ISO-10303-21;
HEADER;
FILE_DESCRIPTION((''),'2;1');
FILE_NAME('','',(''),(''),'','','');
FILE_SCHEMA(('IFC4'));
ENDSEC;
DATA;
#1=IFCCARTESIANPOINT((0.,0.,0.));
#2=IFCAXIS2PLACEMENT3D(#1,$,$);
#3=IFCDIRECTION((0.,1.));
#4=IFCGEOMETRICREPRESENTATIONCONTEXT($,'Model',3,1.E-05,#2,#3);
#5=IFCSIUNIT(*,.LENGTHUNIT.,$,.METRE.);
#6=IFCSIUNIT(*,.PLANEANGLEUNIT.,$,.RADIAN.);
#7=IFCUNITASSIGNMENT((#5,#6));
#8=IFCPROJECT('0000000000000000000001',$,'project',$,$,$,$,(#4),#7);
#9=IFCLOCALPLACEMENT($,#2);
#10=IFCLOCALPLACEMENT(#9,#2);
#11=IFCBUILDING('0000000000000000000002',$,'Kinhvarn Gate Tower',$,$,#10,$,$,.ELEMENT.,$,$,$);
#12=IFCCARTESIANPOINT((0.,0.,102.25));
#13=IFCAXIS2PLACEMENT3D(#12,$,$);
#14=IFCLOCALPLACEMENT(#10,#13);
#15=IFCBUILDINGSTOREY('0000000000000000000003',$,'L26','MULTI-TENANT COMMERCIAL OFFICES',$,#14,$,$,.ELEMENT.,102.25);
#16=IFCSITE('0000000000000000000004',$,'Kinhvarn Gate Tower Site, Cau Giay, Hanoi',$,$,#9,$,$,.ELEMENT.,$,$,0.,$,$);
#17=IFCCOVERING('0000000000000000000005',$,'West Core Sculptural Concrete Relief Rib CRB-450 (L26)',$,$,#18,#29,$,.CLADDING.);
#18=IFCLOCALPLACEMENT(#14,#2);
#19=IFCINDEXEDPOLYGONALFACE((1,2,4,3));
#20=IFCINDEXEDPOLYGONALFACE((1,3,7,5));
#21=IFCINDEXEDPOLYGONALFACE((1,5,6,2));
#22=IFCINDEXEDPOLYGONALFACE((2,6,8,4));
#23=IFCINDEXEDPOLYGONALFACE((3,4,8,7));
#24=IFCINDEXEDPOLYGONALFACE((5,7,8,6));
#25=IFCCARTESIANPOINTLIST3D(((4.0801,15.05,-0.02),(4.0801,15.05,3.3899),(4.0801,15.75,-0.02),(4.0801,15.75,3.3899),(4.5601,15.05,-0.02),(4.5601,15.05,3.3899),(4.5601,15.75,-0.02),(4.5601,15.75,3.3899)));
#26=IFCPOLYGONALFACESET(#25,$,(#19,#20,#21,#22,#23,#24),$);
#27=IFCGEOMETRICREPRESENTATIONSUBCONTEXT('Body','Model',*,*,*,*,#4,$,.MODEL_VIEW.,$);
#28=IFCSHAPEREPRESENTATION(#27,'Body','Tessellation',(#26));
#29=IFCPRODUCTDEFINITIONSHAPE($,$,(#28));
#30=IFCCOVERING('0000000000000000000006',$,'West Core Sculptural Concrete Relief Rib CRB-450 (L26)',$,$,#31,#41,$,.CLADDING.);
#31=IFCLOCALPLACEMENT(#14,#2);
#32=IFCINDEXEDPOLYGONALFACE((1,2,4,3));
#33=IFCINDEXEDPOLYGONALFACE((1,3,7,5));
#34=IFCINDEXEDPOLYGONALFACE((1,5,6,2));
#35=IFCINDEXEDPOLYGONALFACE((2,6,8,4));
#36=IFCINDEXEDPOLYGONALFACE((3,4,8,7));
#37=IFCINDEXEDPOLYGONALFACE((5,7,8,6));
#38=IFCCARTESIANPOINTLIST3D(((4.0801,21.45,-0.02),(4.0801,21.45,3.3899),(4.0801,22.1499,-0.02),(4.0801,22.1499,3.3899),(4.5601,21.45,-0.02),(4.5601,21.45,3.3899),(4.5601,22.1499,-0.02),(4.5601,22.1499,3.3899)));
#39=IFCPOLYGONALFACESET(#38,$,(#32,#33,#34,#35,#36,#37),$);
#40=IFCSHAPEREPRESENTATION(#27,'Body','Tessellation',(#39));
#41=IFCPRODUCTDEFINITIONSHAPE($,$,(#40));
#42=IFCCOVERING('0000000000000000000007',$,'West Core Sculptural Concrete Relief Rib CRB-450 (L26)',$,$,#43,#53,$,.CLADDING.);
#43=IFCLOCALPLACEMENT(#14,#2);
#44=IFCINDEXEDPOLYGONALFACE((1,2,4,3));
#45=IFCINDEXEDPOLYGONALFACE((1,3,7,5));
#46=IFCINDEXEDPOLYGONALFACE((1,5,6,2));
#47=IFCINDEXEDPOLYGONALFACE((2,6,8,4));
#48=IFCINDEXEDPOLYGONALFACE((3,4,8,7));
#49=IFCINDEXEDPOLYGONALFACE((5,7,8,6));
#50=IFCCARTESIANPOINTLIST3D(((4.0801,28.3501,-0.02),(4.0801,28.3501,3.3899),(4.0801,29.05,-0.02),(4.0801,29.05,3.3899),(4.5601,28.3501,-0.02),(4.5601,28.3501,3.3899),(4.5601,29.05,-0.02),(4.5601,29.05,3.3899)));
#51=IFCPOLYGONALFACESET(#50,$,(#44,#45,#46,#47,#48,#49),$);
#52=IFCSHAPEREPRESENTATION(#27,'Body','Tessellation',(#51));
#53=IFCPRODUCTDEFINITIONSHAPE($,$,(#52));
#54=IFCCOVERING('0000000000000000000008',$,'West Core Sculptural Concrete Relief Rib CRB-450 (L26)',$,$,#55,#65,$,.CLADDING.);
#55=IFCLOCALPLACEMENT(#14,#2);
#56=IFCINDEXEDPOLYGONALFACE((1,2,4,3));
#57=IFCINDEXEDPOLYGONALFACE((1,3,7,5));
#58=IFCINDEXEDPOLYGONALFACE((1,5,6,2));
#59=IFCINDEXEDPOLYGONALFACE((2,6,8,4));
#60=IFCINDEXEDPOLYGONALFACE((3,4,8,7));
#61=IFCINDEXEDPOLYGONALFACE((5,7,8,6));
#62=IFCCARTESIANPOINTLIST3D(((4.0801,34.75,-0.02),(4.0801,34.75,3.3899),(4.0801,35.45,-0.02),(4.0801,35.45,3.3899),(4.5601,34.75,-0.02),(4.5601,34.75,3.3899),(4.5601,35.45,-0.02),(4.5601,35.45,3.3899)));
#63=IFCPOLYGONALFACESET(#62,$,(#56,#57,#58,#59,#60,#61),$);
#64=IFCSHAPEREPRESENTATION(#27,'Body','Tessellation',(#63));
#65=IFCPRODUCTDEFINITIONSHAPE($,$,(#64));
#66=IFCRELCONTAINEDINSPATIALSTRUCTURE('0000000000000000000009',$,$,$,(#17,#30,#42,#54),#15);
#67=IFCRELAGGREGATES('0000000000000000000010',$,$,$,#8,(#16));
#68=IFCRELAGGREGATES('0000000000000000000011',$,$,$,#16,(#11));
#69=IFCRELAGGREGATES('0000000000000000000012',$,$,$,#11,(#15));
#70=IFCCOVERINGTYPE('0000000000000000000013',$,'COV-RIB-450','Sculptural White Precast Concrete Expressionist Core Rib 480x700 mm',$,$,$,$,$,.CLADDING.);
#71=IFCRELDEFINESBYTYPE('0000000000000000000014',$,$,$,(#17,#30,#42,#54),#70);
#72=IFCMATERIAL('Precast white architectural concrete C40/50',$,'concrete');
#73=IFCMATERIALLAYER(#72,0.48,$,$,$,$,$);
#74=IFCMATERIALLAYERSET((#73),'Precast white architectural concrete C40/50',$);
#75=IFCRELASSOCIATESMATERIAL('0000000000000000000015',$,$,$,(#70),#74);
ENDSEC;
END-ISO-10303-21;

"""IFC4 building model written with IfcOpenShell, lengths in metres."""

from ifc_helpers import new_model, si_unit, direction, frame, origin, place, context, subcontext, project, spatial, polyline, outline, extrude, material, layer, layer_set, type_object, element, save


model = new_model("IFC4")

# Units and contexts
model_context = context("Model", 3, precision=1e-05, world=origin(), true_north=direction((0.0, 1.0)))
body_context = subcontext(model_context, "Body", "Model", "MODEL_VIEW")
ifc_project = project(units=[si_unit("LENGTHUNIT", "METRE"), si_unit("PLANEANGLEUNIT", "RADIAN")], contexts=[model_context])

# Site, building, storey
site_placement = place(None, origin())
site = spatial("IfcSite", under=ifc_project, at=site_placement, Name="Kinhvarn Gate Tower Site, Cau Giay, Hanoi", CompositionType="ELEMENT", RefElevation=0.0)
building_placement = place(site_placement, origin())
building = spatial("IfcBuilding", under=site, at=building_placement, Name="Kinhvarn Gate Tower", CompositionType="ELEMENT")
storey_placement = place(building_placement, frame((0.0, 0.0, 102.25)))
storey = spatial("IfcBuildingStorey", under=building, at=storey_placement, Name="L26", Description="MULTI-TENANT COMMERCIAL OFFICES", CompositionType="ELEMENT", Elevation=102.25)

# Shared definitions
ifc_material_1 = material(Name="Precast white architectural concrete C40/50", Category="concrete")

# Coverings
ifc_layer_1 = layer(ifc_material_1, 0.48)
ifc_layer_set_1 = layer_set([ifc_layer_1], Name="Precast white architectural concrete C40/50")
covering_type_1 = type_object("IfcCoveringType", Name="COV-RIB-450", Description="Sculptural White Precast Concrete Expressionist Core Rib 480x700 mm", PredefinedType="CLADDING", material=ifc_layer_set_1)
covering_1_placement = place(storey_placement, frame((0.0, 0.0, -0.02)))
element("IfcCovering", 1, at=covering_1_placement, inside=storey, type_object=covering_type_1, Name="West Core Sculptural Concrete Relief Rib CRB-450 (L26)", PredefinedType="CLADDING", context=body_context, shape_type="SweptSolid", body=[
    extrude(outline(polyline([(4.0801, 15.05), (4.5601, 15.05), (4.5601, 15.75), (4.0801, 15.75), (4.0801, 15.05)])), origin(), (0.0, 0.0, 1.0), 3.4099),
])
covering_2_placement = place(storey_placement, frame((0.0, 0.0, -0.02)))
element("IfcCovering", 2, at=covering_2_placement, inside=storey, type_object=covering_type_1, Name="West Core Sculptural Concrete Relief Rib CRB-450 (L26)", PredefinedType="CLADDING", context=body_context, shape_type="SweptSolid", body=[
    extrude(outline(polyline([(4.0801, 21.45), (4.5601, 21.45), (4.5601, 22.1499), (4.0801, 22.1499), (4.0801, 21.45)])), origin(), (0.0, 0.0, 1.0), 3.4099),
])
covering_3_placement = place(storey_placement, frame((0.0, 0.0, -0.02)))
element("IfcCovering", 3, at=covering_3_placement, inside=storey, type_object=covering_type_1, Name="West Core Sculptural Concrete Relief Rib CRB-450 (L26)", PredefinedType="CLADDING", context=body_context, shape_type="SweptSolid", body=[
    extrude(outline(polyline([(4.0801, 28.3501), (4.5601, 28.3501), (4.5601, 29.05), (4.0801, 29.05), (4.0801, 28.3501)])), origin(), (0.0, 0.0, 1.0), 3.4099),
])
covering_4_placement = place(storey_placement, frame((0.0, 0.0, -0.02)))
element("IfcCovering", 4, at=covering_4_placement, inside=storey, type_object=covering_type_1, Name="West Core Sculptural Concrete Relief Rib CRB-450 (L26)", PredefinedType="CLADDING", context=body_context, shape_type="SweptSolid", body=[
    extrude(outline(polyline([(4.0801, 34.75), (4.5601, 34.75), (4.5601, 35.45), (4.0801, 35.45), (4.0801, 34.75)])), origin(), (0.0, 0.0, 1.0), 3.4099),
])

save(model, "model.ifc")
